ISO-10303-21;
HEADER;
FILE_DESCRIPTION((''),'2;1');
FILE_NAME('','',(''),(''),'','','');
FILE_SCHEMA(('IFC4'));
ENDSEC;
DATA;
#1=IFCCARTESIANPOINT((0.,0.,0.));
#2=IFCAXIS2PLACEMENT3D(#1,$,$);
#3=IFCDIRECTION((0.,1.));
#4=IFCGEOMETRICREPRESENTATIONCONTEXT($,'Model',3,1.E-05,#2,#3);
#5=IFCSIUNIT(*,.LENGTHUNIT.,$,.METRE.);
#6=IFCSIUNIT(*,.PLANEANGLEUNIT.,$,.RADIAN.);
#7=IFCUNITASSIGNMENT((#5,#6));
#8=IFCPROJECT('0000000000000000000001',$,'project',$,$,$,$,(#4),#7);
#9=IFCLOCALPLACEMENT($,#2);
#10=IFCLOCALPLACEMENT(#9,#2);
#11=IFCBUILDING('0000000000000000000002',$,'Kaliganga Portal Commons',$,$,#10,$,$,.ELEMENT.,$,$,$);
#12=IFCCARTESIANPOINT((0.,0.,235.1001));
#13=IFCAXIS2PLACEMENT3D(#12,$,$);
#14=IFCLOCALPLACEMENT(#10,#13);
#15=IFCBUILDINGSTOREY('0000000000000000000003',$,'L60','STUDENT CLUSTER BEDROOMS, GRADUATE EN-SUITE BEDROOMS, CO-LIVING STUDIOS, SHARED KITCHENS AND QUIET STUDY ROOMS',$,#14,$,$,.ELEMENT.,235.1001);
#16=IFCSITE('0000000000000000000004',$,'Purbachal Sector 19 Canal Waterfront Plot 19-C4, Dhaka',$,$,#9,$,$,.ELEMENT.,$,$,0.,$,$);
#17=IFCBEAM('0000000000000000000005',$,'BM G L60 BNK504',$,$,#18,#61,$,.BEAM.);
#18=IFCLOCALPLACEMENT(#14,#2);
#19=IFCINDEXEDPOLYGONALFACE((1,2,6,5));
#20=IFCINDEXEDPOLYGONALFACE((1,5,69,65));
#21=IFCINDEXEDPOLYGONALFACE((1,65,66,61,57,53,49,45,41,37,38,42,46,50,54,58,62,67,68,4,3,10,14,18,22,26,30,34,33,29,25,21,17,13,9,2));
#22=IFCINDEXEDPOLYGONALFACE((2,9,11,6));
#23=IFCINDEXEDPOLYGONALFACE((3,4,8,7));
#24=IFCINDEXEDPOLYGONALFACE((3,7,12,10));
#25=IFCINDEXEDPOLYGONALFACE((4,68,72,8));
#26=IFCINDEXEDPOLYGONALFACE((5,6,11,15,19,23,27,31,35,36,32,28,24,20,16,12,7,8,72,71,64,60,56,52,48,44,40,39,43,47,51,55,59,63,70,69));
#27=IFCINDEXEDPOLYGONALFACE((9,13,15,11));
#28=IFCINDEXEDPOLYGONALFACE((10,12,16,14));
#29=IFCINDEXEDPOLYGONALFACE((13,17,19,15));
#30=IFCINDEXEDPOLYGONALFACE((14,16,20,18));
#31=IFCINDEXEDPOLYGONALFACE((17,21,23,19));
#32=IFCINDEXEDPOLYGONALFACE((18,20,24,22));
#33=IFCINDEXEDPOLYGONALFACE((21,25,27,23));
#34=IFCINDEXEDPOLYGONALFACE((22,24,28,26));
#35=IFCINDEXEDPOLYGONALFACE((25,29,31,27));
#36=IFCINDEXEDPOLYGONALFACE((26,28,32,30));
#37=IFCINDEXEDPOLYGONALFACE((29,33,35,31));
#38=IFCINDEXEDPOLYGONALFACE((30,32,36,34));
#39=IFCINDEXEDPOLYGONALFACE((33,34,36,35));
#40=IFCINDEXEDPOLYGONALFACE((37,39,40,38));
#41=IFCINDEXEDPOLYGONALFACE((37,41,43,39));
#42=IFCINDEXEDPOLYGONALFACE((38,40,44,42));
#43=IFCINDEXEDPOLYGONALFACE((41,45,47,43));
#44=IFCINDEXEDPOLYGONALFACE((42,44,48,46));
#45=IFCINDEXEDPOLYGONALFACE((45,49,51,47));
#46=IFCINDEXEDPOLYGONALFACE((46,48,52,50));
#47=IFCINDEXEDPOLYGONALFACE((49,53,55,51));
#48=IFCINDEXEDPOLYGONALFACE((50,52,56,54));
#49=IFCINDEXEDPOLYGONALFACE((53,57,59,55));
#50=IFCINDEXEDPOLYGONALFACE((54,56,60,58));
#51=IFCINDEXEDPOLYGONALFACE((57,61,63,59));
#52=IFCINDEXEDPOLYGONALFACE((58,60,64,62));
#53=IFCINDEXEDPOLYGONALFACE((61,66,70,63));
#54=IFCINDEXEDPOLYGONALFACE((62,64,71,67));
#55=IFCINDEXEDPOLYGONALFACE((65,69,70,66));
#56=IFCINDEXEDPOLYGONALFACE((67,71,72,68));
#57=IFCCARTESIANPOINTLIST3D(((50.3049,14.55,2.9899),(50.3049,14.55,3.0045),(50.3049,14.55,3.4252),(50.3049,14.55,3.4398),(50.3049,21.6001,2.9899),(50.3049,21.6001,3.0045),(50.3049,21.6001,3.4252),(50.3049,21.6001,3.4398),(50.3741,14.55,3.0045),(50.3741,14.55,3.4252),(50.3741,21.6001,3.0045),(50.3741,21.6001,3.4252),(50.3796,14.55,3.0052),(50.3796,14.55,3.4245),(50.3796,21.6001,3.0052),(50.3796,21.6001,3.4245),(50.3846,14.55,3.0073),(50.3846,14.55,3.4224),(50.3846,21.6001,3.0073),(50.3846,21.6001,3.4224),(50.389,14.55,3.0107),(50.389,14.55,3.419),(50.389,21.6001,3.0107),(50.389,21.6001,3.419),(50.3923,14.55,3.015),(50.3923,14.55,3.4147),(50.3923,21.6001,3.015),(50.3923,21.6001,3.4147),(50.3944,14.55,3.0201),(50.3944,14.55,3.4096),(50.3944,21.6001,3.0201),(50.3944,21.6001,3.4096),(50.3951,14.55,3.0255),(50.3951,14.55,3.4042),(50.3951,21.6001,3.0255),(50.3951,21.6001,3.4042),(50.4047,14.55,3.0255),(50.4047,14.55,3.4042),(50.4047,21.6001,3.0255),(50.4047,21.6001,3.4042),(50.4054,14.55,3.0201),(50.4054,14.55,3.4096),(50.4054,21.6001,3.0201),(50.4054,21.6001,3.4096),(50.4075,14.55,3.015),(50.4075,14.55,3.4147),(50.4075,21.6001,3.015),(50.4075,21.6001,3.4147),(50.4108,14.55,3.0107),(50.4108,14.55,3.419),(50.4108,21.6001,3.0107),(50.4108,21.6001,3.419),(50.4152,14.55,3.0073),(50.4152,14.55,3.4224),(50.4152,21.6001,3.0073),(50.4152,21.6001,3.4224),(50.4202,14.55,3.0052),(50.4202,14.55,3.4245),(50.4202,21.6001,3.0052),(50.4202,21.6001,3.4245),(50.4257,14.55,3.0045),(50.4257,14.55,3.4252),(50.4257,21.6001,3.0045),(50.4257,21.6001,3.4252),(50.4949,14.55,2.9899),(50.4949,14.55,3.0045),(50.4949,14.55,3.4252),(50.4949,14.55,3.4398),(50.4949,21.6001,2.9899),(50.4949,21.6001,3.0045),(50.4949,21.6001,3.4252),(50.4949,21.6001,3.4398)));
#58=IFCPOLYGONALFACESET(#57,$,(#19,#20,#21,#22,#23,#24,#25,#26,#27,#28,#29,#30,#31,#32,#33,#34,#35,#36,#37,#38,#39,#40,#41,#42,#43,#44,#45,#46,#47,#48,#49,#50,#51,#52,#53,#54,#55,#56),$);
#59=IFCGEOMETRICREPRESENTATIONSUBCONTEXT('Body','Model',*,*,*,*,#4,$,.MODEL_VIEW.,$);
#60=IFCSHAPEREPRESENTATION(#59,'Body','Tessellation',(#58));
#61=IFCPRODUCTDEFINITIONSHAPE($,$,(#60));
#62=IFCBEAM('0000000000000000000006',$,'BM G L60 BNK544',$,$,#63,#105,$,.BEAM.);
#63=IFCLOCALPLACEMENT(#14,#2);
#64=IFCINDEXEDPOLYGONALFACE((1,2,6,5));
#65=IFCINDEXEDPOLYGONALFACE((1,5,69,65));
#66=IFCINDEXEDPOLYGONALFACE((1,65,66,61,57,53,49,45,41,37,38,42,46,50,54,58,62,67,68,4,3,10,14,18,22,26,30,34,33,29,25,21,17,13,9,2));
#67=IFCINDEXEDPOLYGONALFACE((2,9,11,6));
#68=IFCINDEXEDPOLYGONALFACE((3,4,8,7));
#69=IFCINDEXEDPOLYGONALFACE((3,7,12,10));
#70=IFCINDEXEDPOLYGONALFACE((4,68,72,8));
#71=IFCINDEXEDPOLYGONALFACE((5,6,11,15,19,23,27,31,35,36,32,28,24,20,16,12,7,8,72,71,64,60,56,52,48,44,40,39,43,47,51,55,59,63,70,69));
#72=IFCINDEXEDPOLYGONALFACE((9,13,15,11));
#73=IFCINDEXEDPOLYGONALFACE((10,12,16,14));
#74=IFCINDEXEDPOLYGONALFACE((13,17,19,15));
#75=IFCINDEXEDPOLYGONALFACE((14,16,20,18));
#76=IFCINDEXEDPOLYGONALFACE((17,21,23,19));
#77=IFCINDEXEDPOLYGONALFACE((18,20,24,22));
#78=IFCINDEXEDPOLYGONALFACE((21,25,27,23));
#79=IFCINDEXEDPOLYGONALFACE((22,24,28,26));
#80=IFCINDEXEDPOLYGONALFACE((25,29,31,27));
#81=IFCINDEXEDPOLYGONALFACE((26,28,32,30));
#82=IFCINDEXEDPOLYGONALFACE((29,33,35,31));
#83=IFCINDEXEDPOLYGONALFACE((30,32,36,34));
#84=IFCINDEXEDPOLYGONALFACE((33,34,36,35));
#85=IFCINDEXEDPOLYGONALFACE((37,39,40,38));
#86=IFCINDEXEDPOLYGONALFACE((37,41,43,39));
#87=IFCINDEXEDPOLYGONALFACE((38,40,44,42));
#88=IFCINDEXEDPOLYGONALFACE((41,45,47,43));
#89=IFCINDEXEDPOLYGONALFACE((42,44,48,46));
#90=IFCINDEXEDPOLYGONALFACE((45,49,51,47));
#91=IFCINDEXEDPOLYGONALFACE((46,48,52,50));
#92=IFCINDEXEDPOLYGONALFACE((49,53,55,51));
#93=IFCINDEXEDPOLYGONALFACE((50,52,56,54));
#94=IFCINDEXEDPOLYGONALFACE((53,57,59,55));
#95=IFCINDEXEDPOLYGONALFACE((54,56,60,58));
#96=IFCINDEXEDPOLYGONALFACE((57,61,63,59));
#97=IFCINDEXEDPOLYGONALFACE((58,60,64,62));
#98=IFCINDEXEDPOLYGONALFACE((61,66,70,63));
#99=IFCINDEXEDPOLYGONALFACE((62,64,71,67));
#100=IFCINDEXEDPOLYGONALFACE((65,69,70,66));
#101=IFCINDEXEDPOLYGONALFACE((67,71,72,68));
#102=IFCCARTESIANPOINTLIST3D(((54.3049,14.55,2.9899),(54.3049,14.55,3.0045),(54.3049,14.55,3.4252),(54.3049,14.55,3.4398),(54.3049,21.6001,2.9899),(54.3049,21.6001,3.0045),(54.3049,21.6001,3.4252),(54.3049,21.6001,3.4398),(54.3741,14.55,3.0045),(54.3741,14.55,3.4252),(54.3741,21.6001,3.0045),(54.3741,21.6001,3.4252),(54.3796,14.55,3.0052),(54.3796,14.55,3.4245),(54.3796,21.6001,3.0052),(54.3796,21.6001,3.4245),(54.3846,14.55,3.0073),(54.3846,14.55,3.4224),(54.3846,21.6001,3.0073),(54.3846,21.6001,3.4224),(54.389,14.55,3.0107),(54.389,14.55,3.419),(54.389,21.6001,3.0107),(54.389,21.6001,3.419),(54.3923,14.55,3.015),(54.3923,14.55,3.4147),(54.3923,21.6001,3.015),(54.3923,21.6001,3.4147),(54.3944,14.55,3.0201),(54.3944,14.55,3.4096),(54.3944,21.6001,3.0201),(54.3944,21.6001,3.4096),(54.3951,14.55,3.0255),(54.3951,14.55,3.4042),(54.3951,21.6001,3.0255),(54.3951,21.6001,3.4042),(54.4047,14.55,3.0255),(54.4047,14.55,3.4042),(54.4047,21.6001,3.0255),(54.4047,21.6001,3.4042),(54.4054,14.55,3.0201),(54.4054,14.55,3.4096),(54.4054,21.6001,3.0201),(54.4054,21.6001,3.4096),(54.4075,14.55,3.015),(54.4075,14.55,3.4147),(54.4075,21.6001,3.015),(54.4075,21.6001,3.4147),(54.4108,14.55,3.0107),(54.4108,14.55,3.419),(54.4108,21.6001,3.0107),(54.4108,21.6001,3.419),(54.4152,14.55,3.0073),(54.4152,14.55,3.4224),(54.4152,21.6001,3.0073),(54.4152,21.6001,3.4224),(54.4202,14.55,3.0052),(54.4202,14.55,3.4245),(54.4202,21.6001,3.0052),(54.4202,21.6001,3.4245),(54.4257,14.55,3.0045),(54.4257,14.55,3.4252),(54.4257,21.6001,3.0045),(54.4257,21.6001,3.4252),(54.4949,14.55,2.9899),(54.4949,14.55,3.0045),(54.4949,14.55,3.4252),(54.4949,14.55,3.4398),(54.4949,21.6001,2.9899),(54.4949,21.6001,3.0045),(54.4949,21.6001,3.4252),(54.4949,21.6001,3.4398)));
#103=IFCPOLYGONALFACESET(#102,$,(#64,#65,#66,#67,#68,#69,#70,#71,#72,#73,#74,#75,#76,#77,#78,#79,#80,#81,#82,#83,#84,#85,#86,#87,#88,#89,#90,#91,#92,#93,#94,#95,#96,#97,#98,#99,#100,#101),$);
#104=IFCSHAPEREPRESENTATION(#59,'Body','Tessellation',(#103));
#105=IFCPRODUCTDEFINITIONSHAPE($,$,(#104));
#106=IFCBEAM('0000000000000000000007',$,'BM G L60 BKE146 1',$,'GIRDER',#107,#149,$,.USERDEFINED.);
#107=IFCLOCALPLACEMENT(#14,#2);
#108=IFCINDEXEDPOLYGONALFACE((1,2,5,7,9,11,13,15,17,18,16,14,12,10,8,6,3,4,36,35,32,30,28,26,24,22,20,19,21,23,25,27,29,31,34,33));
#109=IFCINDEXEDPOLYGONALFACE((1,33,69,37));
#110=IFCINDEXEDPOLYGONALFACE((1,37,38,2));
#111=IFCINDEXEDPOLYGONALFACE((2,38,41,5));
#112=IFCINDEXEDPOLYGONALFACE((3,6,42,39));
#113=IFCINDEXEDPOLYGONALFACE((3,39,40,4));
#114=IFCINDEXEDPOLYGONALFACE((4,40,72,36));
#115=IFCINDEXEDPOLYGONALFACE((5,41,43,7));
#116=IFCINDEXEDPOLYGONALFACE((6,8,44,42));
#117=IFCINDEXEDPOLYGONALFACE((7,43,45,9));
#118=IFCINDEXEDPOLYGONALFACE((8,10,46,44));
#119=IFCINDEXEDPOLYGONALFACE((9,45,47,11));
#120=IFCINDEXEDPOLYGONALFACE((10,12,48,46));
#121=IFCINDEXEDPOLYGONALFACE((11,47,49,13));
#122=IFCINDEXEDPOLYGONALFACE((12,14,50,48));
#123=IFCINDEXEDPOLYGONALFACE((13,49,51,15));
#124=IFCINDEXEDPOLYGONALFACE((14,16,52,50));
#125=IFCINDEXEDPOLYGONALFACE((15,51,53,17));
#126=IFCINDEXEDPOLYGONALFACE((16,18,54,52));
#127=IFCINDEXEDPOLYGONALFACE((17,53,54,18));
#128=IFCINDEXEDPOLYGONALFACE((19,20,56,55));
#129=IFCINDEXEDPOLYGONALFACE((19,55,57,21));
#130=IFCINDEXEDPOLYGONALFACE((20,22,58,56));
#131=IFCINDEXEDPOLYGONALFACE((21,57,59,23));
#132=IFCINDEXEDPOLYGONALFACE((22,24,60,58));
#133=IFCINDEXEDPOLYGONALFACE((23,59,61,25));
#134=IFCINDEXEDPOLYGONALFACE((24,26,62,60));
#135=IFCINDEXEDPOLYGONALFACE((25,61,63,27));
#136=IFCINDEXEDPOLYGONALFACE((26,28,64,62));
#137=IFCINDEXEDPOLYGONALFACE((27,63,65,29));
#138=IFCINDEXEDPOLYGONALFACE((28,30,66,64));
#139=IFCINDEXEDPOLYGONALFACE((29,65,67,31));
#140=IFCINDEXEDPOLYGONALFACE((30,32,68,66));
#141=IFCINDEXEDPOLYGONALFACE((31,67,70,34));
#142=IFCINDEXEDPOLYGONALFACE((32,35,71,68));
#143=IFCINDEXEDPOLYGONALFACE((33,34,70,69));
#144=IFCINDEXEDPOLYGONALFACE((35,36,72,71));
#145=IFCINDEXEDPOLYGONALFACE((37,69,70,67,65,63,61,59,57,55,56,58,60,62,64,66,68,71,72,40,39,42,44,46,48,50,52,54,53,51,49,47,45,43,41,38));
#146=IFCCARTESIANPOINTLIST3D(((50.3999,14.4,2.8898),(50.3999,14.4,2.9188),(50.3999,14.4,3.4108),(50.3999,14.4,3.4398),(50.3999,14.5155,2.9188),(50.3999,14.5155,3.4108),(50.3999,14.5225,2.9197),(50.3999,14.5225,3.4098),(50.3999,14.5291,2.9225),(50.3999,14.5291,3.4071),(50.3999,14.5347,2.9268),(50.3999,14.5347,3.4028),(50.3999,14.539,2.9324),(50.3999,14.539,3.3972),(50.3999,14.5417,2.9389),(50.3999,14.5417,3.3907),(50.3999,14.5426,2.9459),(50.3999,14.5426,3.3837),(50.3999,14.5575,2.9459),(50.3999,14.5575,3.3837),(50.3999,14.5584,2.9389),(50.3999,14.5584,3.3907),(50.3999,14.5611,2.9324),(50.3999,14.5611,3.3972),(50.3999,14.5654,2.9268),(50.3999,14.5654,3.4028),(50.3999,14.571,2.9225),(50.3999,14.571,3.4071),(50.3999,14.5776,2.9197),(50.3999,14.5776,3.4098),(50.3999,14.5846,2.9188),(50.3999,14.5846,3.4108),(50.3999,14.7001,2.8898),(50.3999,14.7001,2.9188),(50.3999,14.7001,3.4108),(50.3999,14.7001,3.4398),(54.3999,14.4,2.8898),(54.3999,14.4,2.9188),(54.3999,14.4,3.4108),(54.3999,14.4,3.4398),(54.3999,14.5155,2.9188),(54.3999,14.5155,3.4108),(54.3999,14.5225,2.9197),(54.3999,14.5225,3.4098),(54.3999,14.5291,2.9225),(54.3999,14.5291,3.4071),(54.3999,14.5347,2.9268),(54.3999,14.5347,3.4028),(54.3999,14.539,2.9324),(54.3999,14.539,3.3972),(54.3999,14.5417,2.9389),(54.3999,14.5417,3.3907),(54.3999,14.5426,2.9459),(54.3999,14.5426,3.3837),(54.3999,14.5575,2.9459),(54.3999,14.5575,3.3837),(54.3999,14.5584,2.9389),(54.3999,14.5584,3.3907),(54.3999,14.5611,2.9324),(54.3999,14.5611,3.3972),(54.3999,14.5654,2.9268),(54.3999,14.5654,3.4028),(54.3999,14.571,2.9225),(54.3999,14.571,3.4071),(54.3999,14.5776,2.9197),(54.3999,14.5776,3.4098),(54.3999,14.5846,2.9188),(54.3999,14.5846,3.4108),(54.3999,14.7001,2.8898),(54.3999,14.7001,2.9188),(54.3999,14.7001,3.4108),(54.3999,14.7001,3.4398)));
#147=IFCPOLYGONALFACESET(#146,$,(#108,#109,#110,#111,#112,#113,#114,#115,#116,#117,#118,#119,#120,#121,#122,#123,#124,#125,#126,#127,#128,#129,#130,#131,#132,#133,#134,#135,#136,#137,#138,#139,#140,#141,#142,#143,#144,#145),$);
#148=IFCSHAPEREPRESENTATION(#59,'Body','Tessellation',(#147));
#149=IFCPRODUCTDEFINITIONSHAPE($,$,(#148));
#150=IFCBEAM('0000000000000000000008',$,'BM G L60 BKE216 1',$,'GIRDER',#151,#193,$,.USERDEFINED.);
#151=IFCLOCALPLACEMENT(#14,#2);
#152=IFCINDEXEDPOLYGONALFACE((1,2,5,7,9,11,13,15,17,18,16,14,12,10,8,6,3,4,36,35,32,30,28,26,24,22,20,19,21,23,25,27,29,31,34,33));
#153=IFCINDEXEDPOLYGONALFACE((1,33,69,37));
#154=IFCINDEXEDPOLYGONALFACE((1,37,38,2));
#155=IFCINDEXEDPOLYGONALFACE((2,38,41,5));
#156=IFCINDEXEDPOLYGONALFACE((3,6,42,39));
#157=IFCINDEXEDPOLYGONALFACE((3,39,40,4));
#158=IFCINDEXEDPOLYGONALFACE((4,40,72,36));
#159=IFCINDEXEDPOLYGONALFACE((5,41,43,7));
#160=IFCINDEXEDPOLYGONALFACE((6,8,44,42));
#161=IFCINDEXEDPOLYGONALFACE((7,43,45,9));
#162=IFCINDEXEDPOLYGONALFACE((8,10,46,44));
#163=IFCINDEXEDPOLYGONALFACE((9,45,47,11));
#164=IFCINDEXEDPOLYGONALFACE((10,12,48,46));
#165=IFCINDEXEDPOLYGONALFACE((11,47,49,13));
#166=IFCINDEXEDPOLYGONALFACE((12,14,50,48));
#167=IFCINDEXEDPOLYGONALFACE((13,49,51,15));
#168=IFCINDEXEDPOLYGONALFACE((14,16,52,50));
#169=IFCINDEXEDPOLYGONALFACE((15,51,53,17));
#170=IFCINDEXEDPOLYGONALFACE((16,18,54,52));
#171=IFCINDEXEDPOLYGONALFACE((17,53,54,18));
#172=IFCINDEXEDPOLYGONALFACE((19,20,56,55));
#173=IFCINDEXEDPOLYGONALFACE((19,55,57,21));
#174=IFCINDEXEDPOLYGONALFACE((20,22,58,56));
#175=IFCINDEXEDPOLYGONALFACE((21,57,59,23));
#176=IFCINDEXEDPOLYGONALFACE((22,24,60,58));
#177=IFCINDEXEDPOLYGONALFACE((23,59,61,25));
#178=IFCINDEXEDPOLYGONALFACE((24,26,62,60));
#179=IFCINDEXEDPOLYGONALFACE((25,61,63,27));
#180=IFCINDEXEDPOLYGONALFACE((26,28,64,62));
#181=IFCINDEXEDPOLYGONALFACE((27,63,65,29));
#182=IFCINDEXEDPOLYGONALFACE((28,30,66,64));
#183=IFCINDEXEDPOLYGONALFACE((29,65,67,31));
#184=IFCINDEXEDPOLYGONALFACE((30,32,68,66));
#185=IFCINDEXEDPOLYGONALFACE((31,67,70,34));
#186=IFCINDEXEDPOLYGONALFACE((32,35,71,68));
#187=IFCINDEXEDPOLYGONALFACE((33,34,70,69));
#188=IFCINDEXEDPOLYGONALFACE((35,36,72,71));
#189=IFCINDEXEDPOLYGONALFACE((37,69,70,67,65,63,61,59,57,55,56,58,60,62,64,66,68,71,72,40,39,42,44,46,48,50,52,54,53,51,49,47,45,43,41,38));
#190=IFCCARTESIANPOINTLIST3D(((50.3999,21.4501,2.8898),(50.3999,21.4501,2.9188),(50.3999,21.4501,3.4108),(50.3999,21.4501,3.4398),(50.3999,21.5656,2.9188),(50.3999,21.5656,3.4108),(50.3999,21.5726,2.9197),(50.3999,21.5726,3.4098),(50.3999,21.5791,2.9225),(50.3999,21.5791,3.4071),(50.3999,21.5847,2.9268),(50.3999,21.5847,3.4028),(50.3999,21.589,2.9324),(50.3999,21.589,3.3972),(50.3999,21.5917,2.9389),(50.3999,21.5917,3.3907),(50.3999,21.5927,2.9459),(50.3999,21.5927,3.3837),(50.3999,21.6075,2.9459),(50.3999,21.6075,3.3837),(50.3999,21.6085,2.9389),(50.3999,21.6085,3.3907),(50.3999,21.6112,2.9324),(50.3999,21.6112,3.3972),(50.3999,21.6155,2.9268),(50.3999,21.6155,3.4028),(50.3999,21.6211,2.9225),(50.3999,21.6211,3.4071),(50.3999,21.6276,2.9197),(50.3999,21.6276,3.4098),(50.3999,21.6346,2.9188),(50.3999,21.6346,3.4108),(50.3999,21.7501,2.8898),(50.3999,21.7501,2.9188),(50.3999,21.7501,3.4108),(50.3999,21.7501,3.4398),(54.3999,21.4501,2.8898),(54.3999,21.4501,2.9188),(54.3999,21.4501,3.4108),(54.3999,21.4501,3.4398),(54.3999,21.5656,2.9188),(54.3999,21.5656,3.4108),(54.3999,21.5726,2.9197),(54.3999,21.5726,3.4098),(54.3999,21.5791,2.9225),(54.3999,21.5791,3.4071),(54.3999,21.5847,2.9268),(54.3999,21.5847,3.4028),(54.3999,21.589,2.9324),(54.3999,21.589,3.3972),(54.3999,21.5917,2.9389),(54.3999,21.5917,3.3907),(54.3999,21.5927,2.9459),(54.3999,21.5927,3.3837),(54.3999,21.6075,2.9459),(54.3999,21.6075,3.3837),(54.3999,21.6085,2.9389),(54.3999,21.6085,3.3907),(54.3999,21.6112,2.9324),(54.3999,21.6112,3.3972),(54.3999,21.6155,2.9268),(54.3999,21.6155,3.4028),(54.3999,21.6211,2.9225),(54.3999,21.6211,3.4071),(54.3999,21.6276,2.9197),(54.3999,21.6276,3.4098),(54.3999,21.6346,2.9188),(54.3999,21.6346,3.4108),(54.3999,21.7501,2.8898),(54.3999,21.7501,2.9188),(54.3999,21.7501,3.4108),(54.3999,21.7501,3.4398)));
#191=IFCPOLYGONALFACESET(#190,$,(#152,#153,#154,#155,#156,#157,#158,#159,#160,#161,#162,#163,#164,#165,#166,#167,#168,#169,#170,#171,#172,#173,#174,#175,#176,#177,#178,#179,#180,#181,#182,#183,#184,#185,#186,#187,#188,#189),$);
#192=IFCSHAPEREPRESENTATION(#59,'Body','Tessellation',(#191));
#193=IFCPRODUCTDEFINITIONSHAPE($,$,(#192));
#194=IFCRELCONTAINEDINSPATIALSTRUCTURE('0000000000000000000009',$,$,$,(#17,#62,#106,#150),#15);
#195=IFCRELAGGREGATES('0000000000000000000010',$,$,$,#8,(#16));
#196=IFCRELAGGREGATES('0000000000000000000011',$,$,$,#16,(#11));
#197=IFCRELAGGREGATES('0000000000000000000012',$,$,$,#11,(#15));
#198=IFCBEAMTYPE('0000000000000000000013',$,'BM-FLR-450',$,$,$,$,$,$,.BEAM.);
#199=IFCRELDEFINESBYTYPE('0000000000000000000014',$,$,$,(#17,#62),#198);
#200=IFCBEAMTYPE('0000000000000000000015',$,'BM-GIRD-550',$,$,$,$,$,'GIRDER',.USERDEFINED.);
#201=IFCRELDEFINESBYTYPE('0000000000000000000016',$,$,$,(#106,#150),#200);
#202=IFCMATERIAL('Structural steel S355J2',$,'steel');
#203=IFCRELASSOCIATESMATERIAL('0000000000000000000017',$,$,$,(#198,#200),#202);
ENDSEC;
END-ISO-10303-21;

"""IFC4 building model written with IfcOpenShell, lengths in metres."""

from ifc_helpers import new_model, si_unit, direction, frame, origin, origin_2d, place, context, subcontext, project, spatial, i_section, extrude, source, transform, mapped, material, material_profile, profile_set, type_object, element, save


model = new_model("IFC4")

# Units and contexts
model_context = context("Model", 3, precision=1e-05, world=origin(), true_north=direction((0.0, 1.0)))
body_context = subcontext(model_context, "Body", "Model", "MODEL_VIEW")
ifc_project = project(units=[si_unit("LENGTHUNIT", "METRE"), si_unit("PLANEANGLEUNIT", "RADIAN")], contexts=[model_context])

# Site, building, storey
site_placement = place(None, origin())
site = spatial("IfcSite", under=ifc_project, at=site_placement, Name="Purbachal Sector 19 Canal Waterfront Plot 19-C4, Dhaka", CompositionType="ELEMENT", RefElevation=0.0)
building_placement = place(site_placement, origin())
building = spatial("IfcBuilding", under=site, at=building_placement, Name="Kaliganga Portal Commons", CompositionType="ELEMENT")
storey_placement = place(building_placement, frame((0.0, 0.0, 235.1001)))
storey = spatial("IfcBuildingStorey", under=building, at=storey_placement, Name="L60", Description="STUDENT CLUSTER BEDROOMS, GRADUATE EN-SUITE BEDROOMS, CO-LIVING STUDIOS, SHARED KITCHENS AND QUIET STUDY ROOMS", CompositionType="ELEMENT", Elevation=235.1001)

# Shared definitions
ifc_material_1 = material(Name="Structural steel S355J2", Category="steel")

# Beams
ifc_material_profile_1 = material_profile(ifc_material_1, i_section(OverallWidth=0.1899, OverallDepth=0.45, WebThickness=0.0095, FlangeThickness=0.0146, FilletRadius=0.021, at=origin_2d()), Name="IPE 450")
ifc_profile_set_1 = profile_set([ifc_material_profile_1], Name="Structural steel S355J2 wide-flange")
beam_type_1 = type_object("IfcBeamType", Name="BM-FLR-450", PredefinedType="BEAM", material=ifc_profile_set_1)
shared_shape_1 = source(origin(), body_context, "Body", "SweptSolid", [
    extrude(i_section(OverallWidth=0.1899, OverallDepth=0.45, WebThickness=0.0095, FlangeThickness=0.0146, FilletRadius=0.021, at=origin_2d()), origin(), (0.0, 0.0, 1.0), 7.05),
])
for number, where, z_axis, x_axis, name in (
    (1, (50.3999, 14.55, 3.2148), (0.0, 1.0, 0.0), (-1.0, 0.0, 0.0), "BM G L60 BNK504"),
    (2, (54.3999, 14.55, 3.2148), (0.0, 1.0, 0.0), (-1.0, 0.0, 0.0), "BM G L60 BNK544"),
):
    element("IfcBeam", number, at=place(storey_placement, frame(where, z_axis=z_axis, x_axis=x_axis)), inside=storey, type_object=beam_type_1, Name=name, PredefinedType="BEAM", context=body_context, shape_type="MappedRepresentation", body=[
        mapped(shared_shape_1, transform((0.0, 0.0, 0.0), x_axis=(1.0, 0.0, 0.0), y_axis=(0.0, 1.0, 0.0), z_axis=(0.0, 0.0, 1.0), scale=1.0)),
    ])
ifc_material_profile_2 = material_profile(ifc_material_1, i_section(OverallWidth=0.3, OverallDepth=0.55, WebThickness=0.0149, FlangeThickness=0.0291, FilletRadius=0.0271, at=origin_2d()), Name="HE 550 B")
ifc_profile_set_2 = profile_set([ifc_material_profile_2], Name="Structural steel S355J2 wide-flange")
beam_type_2 = type_object("IfcBeamType", Name="BM-GIRD-550", ElementType="GIRDER", PredefinedType="USERDEFINED", material=ifc_profile_set_2)
shared_shape_2 = source(origin(), body_context, "Body", "SweptSolid", [
    extrude(i_section(OverallWidth=0.3, OverallDepth=0.55, WebThickness=0.0149, FlangeThickness=0.0291, FilletRadius=0.0271, at=origin_2d()), origin(), (0.0, 0.0, 1.0), 4.0),
])
for number, where, z_axis, x_axis, name in (
    (3, (50.3999, 14.55, 3.1648), (1.0, 0.0, 0.0), (0.0, 1.0, 0.0), "BM G L60 BKE146 1"),
    (4, (50.3999, 21.6001, 3.1648), (1.0, 0.0, 0.0), (0.0, 1.0, 0.0), "BM G L60 BKE216 1"),
):
    element("IfcBeam", number, at=place(storey_placement, frame(where, z_axis=z_axis, x_axis=x_axis)), inside=storey, type_object=beam_type_2, Name=name, ObjectType="GIRDER", PredefinedType="USERDEFINED", context=body_context, shape_type="MappedRepresentation", body=[
        mapped(shared_shape_2, transform((0.0, 0.0, 0.0), x_axis=(1.0, 0.0, 0.0), y_axis=(0.0, 1.0, 0.0), z_axis=(0.0, 0.0, 1.0), scale=1.0)),
    ])

save(model, "model.ifc")
